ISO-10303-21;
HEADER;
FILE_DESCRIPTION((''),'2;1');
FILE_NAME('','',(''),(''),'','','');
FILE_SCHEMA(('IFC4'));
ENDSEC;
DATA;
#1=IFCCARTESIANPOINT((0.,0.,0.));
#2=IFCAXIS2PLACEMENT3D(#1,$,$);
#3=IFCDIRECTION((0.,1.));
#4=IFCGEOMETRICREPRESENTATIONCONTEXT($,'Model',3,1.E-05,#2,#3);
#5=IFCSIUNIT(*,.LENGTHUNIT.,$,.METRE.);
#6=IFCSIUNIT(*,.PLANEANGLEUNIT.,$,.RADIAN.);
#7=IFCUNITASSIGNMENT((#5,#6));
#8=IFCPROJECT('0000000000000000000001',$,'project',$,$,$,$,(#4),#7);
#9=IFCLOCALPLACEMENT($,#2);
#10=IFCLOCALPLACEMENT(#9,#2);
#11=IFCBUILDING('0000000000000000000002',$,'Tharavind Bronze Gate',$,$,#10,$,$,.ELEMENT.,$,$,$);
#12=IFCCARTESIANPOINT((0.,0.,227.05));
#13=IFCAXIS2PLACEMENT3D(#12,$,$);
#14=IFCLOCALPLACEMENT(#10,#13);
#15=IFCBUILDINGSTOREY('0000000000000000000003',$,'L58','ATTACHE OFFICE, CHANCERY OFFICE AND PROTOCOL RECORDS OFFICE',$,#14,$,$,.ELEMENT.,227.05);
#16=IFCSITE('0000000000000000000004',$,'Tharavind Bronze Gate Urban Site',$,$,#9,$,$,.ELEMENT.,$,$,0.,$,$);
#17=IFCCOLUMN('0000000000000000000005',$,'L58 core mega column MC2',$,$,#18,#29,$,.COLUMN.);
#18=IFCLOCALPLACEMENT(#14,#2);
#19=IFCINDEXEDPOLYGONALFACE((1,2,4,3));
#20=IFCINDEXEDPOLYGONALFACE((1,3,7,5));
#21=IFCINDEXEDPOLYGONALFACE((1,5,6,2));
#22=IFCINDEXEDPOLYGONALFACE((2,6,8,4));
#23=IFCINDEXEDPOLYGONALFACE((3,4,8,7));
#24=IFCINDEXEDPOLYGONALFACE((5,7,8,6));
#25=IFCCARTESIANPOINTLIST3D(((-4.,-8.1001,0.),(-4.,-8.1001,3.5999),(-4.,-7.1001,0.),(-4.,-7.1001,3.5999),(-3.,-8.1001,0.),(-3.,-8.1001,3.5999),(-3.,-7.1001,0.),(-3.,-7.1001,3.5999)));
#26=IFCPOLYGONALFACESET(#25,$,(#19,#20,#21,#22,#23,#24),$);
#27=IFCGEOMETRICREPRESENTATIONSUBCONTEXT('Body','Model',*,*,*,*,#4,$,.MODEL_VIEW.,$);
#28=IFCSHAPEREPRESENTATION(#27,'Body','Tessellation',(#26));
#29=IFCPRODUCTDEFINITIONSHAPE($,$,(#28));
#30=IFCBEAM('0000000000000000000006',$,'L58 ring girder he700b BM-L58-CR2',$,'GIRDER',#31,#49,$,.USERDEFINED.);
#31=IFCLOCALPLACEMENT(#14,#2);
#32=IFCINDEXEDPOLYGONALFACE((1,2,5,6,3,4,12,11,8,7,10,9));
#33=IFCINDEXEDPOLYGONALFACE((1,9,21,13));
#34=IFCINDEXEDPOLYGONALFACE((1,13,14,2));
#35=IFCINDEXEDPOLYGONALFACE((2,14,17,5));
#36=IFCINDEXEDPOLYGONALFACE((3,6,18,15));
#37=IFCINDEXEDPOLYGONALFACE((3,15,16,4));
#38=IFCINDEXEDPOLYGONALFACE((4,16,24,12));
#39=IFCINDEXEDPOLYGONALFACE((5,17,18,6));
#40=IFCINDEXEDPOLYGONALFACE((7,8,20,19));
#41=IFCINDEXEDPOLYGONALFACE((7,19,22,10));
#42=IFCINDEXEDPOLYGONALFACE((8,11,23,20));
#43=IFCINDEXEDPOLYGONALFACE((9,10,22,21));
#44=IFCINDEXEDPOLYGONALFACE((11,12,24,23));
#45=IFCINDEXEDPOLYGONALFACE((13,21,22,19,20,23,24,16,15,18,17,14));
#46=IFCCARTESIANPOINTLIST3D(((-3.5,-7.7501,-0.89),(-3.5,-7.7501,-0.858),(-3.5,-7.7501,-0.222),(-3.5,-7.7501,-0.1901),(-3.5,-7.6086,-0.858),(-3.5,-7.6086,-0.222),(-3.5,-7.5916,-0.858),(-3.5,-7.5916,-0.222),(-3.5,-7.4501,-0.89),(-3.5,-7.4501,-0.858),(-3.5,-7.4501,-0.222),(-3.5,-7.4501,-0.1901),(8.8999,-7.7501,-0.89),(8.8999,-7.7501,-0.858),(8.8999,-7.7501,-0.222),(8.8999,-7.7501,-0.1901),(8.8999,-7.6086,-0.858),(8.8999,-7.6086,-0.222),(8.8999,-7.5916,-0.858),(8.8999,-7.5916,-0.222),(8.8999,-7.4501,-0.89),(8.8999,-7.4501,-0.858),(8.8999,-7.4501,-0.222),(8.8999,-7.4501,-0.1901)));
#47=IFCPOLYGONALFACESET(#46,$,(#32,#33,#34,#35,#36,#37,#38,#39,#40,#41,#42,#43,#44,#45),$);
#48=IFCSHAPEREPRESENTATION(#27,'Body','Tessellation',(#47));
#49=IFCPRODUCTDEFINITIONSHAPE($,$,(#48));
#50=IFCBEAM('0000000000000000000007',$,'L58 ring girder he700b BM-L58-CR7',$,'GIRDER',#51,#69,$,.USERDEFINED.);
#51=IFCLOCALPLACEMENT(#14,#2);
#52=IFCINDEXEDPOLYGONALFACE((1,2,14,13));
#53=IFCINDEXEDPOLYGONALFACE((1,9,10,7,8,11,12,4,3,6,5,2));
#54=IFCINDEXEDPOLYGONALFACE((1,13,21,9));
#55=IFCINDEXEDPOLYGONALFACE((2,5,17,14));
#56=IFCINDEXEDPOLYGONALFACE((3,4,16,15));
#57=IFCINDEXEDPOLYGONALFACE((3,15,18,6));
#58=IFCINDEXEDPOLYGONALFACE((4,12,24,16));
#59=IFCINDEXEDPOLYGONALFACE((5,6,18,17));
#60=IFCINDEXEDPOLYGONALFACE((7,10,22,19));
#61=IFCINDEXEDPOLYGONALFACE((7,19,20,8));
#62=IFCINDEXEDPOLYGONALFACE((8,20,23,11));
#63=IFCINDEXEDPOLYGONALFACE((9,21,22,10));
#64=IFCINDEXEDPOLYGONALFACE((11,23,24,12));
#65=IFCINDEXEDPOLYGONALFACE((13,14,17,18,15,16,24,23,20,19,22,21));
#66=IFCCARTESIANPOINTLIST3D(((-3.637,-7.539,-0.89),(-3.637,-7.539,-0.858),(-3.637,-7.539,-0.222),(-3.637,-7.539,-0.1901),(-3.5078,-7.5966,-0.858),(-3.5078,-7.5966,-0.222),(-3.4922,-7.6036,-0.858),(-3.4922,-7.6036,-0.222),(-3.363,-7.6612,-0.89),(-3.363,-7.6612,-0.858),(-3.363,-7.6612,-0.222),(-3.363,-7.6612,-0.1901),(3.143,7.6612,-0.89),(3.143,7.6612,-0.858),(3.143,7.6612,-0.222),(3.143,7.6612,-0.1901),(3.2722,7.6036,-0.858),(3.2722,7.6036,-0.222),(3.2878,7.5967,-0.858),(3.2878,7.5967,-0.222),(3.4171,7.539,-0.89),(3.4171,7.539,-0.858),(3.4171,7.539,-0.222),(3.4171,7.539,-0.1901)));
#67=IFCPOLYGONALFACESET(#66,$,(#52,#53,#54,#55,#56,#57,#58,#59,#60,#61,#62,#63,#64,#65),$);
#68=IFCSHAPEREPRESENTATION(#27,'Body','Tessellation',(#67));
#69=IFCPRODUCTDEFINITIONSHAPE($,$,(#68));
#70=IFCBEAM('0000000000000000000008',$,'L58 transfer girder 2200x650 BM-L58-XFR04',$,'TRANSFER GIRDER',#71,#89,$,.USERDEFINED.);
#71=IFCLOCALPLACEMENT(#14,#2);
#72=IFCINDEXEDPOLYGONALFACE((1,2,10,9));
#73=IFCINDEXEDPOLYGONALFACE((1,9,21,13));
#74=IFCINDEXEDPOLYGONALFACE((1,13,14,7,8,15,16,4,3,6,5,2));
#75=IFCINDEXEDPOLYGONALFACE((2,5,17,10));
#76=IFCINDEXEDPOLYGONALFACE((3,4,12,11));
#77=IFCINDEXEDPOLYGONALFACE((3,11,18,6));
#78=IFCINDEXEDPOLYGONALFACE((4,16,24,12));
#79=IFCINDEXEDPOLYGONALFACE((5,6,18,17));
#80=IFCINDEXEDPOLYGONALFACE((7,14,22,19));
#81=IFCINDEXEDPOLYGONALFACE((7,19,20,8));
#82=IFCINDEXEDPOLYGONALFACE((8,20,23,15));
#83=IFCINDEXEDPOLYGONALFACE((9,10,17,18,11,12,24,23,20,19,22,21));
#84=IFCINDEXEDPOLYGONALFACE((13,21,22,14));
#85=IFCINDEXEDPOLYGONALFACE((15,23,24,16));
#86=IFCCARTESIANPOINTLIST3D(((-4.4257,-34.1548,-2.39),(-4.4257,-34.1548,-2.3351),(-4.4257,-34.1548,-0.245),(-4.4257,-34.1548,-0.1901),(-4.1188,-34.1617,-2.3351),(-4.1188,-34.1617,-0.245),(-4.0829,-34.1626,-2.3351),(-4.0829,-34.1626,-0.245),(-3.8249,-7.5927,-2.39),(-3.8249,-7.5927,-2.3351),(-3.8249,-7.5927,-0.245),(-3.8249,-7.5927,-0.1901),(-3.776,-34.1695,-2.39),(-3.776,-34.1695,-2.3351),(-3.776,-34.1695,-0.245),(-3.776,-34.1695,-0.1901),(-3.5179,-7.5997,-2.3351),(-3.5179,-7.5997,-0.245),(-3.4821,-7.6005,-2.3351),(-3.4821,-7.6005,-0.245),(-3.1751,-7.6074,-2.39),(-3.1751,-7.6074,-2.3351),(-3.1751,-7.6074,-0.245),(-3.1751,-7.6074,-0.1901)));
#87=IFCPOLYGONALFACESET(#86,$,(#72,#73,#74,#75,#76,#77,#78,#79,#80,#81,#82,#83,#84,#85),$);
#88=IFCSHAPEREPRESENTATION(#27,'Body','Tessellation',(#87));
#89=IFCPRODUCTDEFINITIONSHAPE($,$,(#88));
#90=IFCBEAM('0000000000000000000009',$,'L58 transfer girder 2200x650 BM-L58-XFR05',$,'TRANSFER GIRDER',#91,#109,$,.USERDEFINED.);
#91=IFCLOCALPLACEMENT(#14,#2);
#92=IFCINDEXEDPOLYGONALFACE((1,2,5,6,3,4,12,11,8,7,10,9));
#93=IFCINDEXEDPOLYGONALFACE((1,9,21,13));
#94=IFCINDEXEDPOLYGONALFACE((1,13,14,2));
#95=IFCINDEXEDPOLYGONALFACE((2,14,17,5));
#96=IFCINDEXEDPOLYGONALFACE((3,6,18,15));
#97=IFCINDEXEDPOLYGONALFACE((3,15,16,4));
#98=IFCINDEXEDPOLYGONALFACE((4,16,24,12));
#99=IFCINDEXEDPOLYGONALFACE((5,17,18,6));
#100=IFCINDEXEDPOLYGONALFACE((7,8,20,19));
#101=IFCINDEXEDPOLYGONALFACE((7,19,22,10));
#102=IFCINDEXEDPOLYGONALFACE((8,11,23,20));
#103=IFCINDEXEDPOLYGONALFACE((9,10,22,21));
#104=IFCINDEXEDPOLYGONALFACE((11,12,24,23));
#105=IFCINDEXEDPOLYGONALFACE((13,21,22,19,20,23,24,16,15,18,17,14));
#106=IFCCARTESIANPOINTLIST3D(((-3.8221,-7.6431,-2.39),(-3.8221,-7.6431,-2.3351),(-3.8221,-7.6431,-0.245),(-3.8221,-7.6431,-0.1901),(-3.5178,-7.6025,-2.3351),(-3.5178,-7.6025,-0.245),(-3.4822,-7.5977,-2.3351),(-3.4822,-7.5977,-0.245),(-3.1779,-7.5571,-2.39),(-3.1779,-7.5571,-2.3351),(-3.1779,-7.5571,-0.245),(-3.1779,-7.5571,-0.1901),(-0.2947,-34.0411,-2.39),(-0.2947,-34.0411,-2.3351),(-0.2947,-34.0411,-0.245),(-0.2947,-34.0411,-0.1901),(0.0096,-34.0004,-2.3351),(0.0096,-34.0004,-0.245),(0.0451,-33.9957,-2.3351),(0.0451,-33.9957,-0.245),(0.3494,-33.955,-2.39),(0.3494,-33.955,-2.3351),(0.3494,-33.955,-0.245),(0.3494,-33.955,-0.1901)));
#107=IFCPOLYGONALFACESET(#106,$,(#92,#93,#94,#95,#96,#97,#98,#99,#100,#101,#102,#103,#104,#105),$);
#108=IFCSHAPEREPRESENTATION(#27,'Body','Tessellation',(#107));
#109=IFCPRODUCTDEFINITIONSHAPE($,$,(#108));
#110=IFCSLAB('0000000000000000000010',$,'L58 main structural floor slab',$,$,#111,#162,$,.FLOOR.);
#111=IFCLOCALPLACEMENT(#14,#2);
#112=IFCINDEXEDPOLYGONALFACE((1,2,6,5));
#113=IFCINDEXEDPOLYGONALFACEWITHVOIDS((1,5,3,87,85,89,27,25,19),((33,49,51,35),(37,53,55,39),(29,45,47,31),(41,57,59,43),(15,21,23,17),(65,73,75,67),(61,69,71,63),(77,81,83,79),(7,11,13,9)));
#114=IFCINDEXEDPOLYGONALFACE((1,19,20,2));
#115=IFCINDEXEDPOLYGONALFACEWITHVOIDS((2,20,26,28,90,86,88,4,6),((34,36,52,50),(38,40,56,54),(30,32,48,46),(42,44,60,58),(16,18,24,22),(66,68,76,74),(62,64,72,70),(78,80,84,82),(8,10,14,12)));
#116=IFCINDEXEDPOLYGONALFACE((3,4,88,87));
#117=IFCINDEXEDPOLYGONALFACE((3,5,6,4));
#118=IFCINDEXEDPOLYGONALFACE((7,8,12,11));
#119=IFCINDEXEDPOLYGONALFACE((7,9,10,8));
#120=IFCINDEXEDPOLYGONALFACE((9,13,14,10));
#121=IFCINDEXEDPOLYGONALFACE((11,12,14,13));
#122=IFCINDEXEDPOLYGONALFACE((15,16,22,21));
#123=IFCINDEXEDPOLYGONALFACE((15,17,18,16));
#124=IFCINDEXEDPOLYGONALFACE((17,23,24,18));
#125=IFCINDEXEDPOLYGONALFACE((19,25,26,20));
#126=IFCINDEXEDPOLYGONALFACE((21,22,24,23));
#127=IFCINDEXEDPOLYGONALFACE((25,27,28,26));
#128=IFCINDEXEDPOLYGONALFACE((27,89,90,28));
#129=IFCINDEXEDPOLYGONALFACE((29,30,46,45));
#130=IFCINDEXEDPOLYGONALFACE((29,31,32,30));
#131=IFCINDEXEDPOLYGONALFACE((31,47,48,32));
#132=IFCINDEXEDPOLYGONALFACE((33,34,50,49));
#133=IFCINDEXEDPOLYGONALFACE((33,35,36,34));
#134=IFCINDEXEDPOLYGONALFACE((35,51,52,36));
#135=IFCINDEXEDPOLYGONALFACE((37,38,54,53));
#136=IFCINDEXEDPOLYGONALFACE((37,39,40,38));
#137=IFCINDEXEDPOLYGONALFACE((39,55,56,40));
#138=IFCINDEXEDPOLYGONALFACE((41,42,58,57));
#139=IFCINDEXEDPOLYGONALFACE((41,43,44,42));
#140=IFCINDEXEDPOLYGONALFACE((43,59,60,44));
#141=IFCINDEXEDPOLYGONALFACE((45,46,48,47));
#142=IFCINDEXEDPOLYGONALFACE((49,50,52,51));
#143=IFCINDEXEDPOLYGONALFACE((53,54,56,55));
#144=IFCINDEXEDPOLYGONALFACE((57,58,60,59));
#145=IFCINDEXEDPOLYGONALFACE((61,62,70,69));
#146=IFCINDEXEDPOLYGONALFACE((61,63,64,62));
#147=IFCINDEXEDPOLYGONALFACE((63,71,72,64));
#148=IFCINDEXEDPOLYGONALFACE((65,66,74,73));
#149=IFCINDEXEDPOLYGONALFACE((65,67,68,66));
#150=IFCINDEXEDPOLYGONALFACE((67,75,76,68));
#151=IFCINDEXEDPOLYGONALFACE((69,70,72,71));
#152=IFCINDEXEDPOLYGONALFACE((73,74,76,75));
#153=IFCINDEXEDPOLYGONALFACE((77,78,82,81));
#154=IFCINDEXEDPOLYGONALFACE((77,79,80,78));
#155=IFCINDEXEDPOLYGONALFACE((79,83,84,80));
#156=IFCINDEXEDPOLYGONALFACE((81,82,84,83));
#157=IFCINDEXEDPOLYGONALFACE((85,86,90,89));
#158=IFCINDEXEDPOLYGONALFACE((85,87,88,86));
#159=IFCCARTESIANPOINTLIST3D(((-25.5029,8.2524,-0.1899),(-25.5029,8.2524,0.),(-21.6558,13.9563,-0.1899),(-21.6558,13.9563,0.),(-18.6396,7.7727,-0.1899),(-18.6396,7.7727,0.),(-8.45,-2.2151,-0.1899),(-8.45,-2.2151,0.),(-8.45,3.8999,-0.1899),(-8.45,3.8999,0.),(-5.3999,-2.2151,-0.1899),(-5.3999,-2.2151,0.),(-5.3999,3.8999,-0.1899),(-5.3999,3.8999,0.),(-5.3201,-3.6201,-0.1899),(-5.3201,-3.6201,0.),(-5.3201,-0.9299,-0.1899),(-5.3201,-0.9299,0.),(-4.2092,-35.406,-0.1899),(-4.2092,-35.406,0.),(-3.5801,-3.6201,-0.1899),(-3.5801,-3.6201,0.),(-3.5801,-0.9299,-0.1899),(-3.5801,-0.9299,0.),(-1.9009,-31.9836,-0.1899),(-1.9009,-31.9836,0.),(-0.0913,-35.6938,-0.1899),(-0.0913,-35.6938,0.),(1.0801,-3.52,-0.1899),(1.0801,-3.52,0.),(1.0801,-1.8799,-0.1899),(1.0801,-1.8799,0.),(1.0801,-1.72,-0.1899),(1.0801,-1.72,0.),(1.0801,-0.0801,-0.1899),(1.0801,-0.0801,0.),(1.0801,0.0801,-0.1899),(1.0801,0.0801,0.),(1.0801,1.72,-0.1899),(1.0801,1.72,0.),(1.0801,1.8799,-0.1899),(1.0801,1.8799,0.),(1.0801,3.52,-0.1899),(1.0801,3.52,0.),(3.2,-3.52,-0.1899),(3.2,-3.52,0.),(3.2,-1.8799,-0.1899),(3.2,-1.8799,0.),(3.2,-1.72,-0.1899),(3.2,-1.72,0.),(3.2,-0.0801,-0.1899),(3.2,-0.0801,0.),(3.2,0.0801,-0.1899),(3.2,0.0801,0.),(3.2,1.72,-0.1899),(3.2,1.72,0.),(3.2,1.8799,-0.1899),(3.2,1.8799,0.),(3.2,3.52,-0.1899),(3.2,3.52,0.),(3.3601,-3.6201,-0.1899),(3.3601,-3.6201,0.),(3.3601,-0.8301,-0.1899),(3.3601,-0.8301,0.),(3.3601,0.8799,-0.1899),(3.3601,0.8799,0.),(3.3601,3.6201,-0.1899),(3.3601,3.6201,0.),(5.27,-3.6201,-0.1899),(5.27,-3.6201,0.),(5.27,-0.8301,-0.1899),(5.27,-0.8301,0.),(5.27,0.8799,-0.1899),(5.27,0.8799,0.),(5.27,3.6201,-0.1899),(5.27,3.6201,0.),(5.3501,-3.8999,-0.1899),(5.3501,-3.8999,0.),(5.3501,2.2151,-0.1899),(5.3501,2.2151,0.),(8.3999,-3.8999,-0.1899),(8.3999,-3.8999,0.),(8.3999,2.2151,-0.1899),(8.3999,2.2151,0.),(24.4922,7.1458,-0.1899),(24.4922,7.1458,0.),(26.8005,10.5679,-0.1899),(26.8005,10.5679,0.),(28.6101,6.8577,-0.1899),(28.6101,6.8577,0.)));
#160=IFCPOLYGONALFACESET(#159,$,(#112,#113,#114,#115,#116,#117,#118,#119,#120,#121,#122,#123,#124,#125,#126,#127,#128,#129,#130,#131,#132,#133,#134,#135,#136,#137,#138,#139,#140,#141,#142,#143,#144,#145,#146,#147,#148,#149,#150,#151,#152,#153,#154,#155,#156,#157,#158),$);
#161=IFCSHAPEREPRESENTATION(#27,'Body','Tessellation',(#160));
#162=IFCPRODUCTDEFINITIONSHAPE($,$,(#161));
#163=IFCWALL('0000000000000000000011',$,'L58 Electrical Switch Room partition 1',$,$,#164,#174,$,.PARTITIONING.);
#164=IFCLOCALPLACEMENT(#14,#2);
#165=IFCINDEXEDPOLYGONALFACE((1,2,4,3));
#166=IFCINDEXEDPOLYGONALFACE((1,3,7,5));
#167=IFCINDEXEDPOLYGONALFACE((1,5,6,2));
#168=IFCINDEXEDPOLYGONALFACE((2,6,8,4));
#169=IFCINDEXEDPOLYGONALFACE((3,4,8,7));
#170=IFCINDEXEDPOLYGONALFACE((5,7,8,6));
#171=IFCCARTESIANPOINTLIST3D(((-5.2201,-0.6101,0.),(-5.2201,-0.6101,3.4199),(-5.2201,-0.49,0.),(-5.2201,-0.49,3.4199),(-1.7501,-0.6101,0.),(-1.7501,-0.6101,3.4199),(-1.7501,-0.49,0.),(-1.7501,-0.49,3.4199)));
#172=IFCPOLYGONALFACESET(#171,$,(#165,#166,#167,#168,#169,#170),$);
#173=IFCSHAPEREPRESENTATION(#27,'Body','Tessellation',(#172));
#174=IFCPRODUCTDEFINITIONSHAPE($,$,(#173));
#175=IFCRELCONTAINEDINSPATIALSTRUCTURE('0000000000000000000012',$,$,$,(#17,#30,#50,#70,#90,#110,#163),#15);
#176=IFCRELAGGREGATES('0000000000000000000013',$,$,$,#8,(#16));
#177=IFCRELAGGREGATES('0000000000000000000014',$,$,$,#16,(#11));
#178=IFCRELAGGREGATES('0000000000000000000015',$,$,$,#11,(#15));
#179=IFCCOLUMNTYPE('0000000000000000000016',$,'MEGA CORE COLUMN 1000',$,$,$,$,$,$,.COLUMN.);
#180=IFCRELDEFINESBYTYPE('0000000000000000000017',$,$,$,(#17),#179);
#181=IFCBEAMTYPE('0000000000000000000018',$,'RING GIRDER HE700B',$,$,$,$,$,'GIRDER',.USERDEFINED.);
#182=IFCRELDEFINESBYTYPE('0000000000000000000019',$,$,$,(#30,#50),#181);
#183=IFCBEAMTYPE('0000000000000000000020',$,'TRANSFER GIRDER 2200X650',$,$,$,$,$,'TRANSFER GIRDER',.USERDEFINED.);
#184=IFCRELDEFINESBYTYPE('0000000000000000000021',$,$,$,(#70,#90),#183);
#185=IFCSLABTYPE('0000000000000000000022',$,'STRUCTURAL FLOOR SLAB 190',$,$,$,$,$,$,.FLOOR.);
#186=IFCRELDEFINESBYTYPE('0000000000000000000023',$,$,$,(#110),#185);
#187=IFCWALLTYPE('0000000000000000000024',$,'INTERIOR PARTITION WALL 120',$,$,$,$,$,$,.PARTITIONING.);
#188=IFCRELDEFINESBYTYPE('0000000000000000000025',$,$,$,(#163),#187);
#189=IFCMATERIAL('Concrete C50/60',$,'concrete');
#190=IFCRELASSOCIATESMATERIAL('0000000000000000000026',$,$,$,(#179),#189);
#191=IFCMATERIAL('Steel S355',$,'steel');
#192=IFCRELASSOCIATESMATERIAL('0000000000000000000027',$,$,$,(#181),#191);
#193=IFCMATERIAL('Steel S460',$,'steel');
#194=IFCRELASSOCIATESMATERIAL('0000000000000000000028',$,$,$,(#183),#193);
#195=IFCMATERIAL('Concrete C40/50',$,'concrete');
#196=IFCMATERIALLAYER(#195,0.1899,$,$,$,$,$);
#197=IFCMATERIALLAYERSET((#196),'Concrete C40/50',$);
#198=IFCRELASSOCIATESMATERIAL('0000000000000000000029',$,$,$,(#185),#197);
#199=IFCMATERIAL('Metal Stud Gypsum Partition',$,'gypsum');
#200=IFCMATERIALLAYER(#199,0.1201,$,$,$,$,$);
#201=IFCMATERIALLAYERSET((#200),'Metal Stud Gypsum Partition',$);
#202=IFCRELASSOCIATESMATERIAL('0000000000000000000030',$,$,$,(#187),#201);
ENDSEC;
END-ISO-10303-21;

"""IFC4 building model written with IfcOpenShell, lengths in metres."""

from ifc_helpers import new_model, si_unit, direction, frame, frame_2d, origin, origin_2d, place, context, subcontext, project, spatial, polyline, rectangle, i_section, outline, extrude, material, layer, layer_set, material_profile, profile_set, type_object, element, save


model = new_model("IFC4")

# Units and contexts
model_context = context("Model", 3, precision=1e-05, world=origin(), true_north=direction((0.0, 1.0)))
body_context = subcontext(model_context, "Body", "Model", "MODEL_VIEW")
ifc_project = project(units=[si_unit("LENGTHUNIT", "METRE"), si_unit("PLANEANGLEUNIT", "RADIAN")], contexts=[model_context])

# Site, building, storey
site_placement = place(None, origin())
site = spatial("IfcSite", under=ifc_project, at=site_placement, Name="Tharavind Bronze Gate Urban Site", CompositionType="ELEMENT", RefElevation=0.0)
building_placement = place(site_placement, origin())
building = spatial("IfcBuilding", under=site, at=building_placement, Name="Tharavind Bronze Gate", CompositionType="ELEMENT")
storey_placement = place(building_placement, frame((0.0, 0.0, 227.05)))
storey = spatial("IfcBuildingStorey", under=building, at=storey_placement, Name="L58", Description="ATTACHE OFFICE, CHANCERY OFFICE AND PROTOCOL RECORDS OFFICE", CompositionType="ELEMENT", Elevation=227.05)

# Column
ifc_material_1 = material(Name="Concrete C50/60", Category="concrete")
ifc_material_profile_1 = material_profile(ifc_material_1, rectangle(XDim=1.0, YDim=1.0, at=origin_2d()), Name="RCCOL1000")
ifc_profile_set_1 = profile_set([ifc_material_profile_1], Name="Concrete C50/60")
column_type = type_object("IfcColumnType", Name="MEGA CORE COLUMN 1000", PredefinedType="COLUMN", material=ifc_profile_set_1)
column_placement = place(storey_placement, frame((-3.5, -7.6001, 0.0), z_axis=(0.0, 0.0, 1.0), x_axis=(1.0, 0.0, 0.0)))
element("IfcColumn", 1, at=column_placement, inside=storey, type_object=column_type, Name="L58 core mega column MC2", PredefinedType="COLUMN", context=body_context, shape_type="SweptSolid", body=[
    extrude(rectangle(XDim=1.0, YDim=1.0, at=origin_2d()), origin(), (0.0, 0.0, 1.0), 3.5999),
])

# Beams
ifc_material_2 = material(Name="Steel S355", Category="steel")
ifc_material_profile_2 = material_profile(ifc_material_2, i_section(OverallWidth=0.3, OverallDepth=0.7, WebThickness=0.0171, FlangeThickness=0.032, at=origin_2d()), Name="HE700B")
ifc_profile_set_2 = profile_set([ifc_material_profile_2], Name="Steel S355")
beam_type_1 = type_object("IfcBeamType", Name="RING GIRDER HE700B", ElementType="GIRDER", PredefinedType="USERDEFINED", material=ifc_profile_set_2)
beam_1_placement = place(storey_placement, frame((-3.5, -7.6001, -0.54), z_axis=(1.0, 0.0, 0.0), x_axis=(0.0, 1.0, 0.0)))
element("IfcBeam", 2, at=beam_1_placement, inside=storey, type_object=beam_type_1, Name="L58 ring girder he700b BM-L58-CR2", ObjectType="GIRDER", PredefinedType="USERDEFINED", context=body_context, shape_type="SweptSolid", body=[
    extrude(i_section(OverallWidth=0.3, OverallDepth=0.7, WebThickness=0.0171, FlangeThickness=0.032, at=origin_2d()), origin(), (0.0, 0.0, 1.0), 12.3999),
])
beam_2_placement = place(storey_placement, frame((-3.5, -7.6001, -0.54), z_axis=(0.407362, 0.913267, 0.0), x_axis=(-0.913267, 0.407362, 0.0)))
element("IfcBeam", 3, at=beam_2_placement, inside=storey, type_object=beam_type_1, Name="L58 ring girder he700b BM-L58-CR7", ObjectType="GIRDER", PredefinedType="USERDEFINED", context=body_context, shape_type="SweptSolid", body=[
    extrude(i_section(OverallWidth=0.3, OverallDepth=0.7, WebThickness=0.0171, FlangeThickness=0.032, at=origin_2d()), origin(), (0.0, 0.0, 1.0), 16.6438),
])
ifc_material_3 = material(Name="Steel S460", Category="steel")
ifc_material_profile_3 = material_profile(ifc_material_3, i_section(OverallWidth=0.6499, OverallDepth=2.2, WebThickness=0.0359, FlangeThickness=0.0549, at=origin_2d()), Name="PG2200X650")
ifc_profile_set_3 = profile_set([ifc_material_profile_3], Name="Steel S460")
beam_type_2 = type_object("IfcBeamType", Name="TRANSFER GIRDER 2200X650", ElementType="TRANSFER GIRDER", PredefinedType="USERDEFINED", material=ifc_profile_set_3)
beam_3_placement = place(storey_placement, frame((-3.5, -7.6001, -1.29), z_axis=(-0.022614, -0.999744, 0.0), x_axis=(0.999744, -0.022614, 0.0)))
element("IfcBeam", 4, at=beam_3_placement, inside=storey, type_object=beam_type_2, Name="L58 transfer girder 2200x650 BM-L58-XFR04", ObjectType="TRANSFER GIRDER", PredefinedType="USERDEFINED", context=body_context, shape_type="SweptSolid", body=[
    extrude(i_section(OverallWidth=0.6499, OverallDepth=2.2, WebThickness=0.0359, FlangeThickness=0.0549, at=origin_2d()), origin(), (0.0, 0.0, 1.0), 26.5688),
])
beam_4_placement = place(storey_placement, frame((-3.5, -7.6001, -1.29), z_axis=(0.132445, -0.99119, 0.0), x_axis=(0.99119, 0.132445, 0.0)))
element("IfcBeam", 5, at=beam_4_placement, inside=storey, type_object=beam_type_2, Name="L58 transfer girder 2200x650 BM-L58-XFR05", ObjectType="TRANSFER GIRDER", PredefinedType="USERDEFINED", context=body_context, shape_type="SweptSolid", body=[
    extrude(i_section(OverallWidth=0.6499, OverallDepth=2.2, WebThickness=0.0359, FlangeThickness=0.0549, at=origin_2d()), origin(), (0.0, 0.0, 1.0), 26.6326),
])

# Slab
ifc_material_4 = material(Name="Concrete C40/50", Category="concrete")
ifc_layer_1 = layer(ifc_material_4, 0.1899)
ifc_layer_set_1 = layer_set([ifc_layer_1], Name="Concrete C40/50")
slab_type = type_object("IfcSlabType", Name="STRUCTURAL FLOOR SLAB 190", PredefinedType="FLOOR", material=ifc_layer_set_1)
slab_placement = place(storey_placement, frame((0.0, 0.0, -0.1899)))
element("IfcSlab", 6, at=slab_placement, inside=storey, type_object=slab_type, Name="L58 main structural floor slab", PredefinedType="FLOOR", context=body_context, shape_type="SweptSolid", body=[
    extrude(outline(polyline([(-21.6558, 13.9563), (-18.6396, 7.7727), (-25.5029, 8.2524), (-4.2092, -35.406), (-1.9009, -31.9836), (-0.0913, -35.6938), (28.6101, 6.8577), (24.4922, 7.1458), (26.8005, 10.5679), (-21.6558, 13.9563)]), holes=[polyline([(-5.3999, -2.2151), (-5.3999, 3.8999), (-8.45, 3.8999), (-8.45, -2.2151), (-5.3999, -2.2151)]), polyline([(5.3501, 2.2151), (5.3501, -3.8999), (8.3999, -3.8999), (8.3999, 2.2151), (5.3501, 2.2151)]), polyline([(1.0801, -3.52), (3.2, -3.52), (3.2, -1.8799), (1.0801, -1.8799), (1.0801, -3.52)]), polyline([(1.0801, -1.72), (3.2, -1.72), (3.2, -0.0801), (1.0801, -0.0801), (1.0801, -1.72)]), polyline([(1.0801, 0.0801), (3.2, 0.0801), (3.2, 1.72), (1.0801, 1.72), (1.0801, 0.0801)]), polyline([(1.0801, 1.8799), (3.2, 1.8799), (3.2, 3.52), (1.0801, 3.52), (1.0801, 1.8799)]), polyline([(-5.3201, -3.6201), (-3.5801, -3.6201), (-3.5801, -0.9299), (-5.3201, -0.9299), (-5.3201, -3.6201)]), polyline([(3.3601, 0.8799), (5.27, 0.8799), (5.27, 3.6201), (3.3601, 3.6201), (3.3601, 0.8799)]), polyline([(3.3601, -3.6201), (5.27, -3.6201), (5.27, -0.8301), (3.3601, -0.8301), (3.3601, -3.6201)])]), origin(), (0.0, 0.0, 1.0), 0.1899),
])

# Wall
ifc_material_5 = material(Name="Metal Stud Gypsum Partition", Category="gypsum")
ifc_layer_2 = layer(ifc_material_5, 0.1201)
ifc_layer_set_2 = layer_set([ifc_layer_2], Name="Metal Stud Gypsum Partition")
wall_type_1 = type_object("IfcWallType", Name="INTERIOR PARTITION WALL 120", PredefinedType="PARTITIONING", material=ifc_layer_set_2)
wall_1_placement = place(storey_placement, frame((-5.22, -0.55, 0.0), z_axis=(0.0, 0.0, 1.0), x_axis=(1.0, 0.0, 0.0)))
element("IfcWall", 7, at=wall_1_placement, inside=storey, type_object=wall_type_1, Name="L58 Electrical Switch Room partition 1", PredefinedType="PARTITIONING", context=body_context, shape_type="SweptSolid", body=[
    extrude(rectangle(XDim=3.47, YDim=0.1201, at=frame_2d((1.7349, 0.0))), origin(), (0.0, 0.0, 1.0), 3.4199),
])

save(model, "model.ifc")
